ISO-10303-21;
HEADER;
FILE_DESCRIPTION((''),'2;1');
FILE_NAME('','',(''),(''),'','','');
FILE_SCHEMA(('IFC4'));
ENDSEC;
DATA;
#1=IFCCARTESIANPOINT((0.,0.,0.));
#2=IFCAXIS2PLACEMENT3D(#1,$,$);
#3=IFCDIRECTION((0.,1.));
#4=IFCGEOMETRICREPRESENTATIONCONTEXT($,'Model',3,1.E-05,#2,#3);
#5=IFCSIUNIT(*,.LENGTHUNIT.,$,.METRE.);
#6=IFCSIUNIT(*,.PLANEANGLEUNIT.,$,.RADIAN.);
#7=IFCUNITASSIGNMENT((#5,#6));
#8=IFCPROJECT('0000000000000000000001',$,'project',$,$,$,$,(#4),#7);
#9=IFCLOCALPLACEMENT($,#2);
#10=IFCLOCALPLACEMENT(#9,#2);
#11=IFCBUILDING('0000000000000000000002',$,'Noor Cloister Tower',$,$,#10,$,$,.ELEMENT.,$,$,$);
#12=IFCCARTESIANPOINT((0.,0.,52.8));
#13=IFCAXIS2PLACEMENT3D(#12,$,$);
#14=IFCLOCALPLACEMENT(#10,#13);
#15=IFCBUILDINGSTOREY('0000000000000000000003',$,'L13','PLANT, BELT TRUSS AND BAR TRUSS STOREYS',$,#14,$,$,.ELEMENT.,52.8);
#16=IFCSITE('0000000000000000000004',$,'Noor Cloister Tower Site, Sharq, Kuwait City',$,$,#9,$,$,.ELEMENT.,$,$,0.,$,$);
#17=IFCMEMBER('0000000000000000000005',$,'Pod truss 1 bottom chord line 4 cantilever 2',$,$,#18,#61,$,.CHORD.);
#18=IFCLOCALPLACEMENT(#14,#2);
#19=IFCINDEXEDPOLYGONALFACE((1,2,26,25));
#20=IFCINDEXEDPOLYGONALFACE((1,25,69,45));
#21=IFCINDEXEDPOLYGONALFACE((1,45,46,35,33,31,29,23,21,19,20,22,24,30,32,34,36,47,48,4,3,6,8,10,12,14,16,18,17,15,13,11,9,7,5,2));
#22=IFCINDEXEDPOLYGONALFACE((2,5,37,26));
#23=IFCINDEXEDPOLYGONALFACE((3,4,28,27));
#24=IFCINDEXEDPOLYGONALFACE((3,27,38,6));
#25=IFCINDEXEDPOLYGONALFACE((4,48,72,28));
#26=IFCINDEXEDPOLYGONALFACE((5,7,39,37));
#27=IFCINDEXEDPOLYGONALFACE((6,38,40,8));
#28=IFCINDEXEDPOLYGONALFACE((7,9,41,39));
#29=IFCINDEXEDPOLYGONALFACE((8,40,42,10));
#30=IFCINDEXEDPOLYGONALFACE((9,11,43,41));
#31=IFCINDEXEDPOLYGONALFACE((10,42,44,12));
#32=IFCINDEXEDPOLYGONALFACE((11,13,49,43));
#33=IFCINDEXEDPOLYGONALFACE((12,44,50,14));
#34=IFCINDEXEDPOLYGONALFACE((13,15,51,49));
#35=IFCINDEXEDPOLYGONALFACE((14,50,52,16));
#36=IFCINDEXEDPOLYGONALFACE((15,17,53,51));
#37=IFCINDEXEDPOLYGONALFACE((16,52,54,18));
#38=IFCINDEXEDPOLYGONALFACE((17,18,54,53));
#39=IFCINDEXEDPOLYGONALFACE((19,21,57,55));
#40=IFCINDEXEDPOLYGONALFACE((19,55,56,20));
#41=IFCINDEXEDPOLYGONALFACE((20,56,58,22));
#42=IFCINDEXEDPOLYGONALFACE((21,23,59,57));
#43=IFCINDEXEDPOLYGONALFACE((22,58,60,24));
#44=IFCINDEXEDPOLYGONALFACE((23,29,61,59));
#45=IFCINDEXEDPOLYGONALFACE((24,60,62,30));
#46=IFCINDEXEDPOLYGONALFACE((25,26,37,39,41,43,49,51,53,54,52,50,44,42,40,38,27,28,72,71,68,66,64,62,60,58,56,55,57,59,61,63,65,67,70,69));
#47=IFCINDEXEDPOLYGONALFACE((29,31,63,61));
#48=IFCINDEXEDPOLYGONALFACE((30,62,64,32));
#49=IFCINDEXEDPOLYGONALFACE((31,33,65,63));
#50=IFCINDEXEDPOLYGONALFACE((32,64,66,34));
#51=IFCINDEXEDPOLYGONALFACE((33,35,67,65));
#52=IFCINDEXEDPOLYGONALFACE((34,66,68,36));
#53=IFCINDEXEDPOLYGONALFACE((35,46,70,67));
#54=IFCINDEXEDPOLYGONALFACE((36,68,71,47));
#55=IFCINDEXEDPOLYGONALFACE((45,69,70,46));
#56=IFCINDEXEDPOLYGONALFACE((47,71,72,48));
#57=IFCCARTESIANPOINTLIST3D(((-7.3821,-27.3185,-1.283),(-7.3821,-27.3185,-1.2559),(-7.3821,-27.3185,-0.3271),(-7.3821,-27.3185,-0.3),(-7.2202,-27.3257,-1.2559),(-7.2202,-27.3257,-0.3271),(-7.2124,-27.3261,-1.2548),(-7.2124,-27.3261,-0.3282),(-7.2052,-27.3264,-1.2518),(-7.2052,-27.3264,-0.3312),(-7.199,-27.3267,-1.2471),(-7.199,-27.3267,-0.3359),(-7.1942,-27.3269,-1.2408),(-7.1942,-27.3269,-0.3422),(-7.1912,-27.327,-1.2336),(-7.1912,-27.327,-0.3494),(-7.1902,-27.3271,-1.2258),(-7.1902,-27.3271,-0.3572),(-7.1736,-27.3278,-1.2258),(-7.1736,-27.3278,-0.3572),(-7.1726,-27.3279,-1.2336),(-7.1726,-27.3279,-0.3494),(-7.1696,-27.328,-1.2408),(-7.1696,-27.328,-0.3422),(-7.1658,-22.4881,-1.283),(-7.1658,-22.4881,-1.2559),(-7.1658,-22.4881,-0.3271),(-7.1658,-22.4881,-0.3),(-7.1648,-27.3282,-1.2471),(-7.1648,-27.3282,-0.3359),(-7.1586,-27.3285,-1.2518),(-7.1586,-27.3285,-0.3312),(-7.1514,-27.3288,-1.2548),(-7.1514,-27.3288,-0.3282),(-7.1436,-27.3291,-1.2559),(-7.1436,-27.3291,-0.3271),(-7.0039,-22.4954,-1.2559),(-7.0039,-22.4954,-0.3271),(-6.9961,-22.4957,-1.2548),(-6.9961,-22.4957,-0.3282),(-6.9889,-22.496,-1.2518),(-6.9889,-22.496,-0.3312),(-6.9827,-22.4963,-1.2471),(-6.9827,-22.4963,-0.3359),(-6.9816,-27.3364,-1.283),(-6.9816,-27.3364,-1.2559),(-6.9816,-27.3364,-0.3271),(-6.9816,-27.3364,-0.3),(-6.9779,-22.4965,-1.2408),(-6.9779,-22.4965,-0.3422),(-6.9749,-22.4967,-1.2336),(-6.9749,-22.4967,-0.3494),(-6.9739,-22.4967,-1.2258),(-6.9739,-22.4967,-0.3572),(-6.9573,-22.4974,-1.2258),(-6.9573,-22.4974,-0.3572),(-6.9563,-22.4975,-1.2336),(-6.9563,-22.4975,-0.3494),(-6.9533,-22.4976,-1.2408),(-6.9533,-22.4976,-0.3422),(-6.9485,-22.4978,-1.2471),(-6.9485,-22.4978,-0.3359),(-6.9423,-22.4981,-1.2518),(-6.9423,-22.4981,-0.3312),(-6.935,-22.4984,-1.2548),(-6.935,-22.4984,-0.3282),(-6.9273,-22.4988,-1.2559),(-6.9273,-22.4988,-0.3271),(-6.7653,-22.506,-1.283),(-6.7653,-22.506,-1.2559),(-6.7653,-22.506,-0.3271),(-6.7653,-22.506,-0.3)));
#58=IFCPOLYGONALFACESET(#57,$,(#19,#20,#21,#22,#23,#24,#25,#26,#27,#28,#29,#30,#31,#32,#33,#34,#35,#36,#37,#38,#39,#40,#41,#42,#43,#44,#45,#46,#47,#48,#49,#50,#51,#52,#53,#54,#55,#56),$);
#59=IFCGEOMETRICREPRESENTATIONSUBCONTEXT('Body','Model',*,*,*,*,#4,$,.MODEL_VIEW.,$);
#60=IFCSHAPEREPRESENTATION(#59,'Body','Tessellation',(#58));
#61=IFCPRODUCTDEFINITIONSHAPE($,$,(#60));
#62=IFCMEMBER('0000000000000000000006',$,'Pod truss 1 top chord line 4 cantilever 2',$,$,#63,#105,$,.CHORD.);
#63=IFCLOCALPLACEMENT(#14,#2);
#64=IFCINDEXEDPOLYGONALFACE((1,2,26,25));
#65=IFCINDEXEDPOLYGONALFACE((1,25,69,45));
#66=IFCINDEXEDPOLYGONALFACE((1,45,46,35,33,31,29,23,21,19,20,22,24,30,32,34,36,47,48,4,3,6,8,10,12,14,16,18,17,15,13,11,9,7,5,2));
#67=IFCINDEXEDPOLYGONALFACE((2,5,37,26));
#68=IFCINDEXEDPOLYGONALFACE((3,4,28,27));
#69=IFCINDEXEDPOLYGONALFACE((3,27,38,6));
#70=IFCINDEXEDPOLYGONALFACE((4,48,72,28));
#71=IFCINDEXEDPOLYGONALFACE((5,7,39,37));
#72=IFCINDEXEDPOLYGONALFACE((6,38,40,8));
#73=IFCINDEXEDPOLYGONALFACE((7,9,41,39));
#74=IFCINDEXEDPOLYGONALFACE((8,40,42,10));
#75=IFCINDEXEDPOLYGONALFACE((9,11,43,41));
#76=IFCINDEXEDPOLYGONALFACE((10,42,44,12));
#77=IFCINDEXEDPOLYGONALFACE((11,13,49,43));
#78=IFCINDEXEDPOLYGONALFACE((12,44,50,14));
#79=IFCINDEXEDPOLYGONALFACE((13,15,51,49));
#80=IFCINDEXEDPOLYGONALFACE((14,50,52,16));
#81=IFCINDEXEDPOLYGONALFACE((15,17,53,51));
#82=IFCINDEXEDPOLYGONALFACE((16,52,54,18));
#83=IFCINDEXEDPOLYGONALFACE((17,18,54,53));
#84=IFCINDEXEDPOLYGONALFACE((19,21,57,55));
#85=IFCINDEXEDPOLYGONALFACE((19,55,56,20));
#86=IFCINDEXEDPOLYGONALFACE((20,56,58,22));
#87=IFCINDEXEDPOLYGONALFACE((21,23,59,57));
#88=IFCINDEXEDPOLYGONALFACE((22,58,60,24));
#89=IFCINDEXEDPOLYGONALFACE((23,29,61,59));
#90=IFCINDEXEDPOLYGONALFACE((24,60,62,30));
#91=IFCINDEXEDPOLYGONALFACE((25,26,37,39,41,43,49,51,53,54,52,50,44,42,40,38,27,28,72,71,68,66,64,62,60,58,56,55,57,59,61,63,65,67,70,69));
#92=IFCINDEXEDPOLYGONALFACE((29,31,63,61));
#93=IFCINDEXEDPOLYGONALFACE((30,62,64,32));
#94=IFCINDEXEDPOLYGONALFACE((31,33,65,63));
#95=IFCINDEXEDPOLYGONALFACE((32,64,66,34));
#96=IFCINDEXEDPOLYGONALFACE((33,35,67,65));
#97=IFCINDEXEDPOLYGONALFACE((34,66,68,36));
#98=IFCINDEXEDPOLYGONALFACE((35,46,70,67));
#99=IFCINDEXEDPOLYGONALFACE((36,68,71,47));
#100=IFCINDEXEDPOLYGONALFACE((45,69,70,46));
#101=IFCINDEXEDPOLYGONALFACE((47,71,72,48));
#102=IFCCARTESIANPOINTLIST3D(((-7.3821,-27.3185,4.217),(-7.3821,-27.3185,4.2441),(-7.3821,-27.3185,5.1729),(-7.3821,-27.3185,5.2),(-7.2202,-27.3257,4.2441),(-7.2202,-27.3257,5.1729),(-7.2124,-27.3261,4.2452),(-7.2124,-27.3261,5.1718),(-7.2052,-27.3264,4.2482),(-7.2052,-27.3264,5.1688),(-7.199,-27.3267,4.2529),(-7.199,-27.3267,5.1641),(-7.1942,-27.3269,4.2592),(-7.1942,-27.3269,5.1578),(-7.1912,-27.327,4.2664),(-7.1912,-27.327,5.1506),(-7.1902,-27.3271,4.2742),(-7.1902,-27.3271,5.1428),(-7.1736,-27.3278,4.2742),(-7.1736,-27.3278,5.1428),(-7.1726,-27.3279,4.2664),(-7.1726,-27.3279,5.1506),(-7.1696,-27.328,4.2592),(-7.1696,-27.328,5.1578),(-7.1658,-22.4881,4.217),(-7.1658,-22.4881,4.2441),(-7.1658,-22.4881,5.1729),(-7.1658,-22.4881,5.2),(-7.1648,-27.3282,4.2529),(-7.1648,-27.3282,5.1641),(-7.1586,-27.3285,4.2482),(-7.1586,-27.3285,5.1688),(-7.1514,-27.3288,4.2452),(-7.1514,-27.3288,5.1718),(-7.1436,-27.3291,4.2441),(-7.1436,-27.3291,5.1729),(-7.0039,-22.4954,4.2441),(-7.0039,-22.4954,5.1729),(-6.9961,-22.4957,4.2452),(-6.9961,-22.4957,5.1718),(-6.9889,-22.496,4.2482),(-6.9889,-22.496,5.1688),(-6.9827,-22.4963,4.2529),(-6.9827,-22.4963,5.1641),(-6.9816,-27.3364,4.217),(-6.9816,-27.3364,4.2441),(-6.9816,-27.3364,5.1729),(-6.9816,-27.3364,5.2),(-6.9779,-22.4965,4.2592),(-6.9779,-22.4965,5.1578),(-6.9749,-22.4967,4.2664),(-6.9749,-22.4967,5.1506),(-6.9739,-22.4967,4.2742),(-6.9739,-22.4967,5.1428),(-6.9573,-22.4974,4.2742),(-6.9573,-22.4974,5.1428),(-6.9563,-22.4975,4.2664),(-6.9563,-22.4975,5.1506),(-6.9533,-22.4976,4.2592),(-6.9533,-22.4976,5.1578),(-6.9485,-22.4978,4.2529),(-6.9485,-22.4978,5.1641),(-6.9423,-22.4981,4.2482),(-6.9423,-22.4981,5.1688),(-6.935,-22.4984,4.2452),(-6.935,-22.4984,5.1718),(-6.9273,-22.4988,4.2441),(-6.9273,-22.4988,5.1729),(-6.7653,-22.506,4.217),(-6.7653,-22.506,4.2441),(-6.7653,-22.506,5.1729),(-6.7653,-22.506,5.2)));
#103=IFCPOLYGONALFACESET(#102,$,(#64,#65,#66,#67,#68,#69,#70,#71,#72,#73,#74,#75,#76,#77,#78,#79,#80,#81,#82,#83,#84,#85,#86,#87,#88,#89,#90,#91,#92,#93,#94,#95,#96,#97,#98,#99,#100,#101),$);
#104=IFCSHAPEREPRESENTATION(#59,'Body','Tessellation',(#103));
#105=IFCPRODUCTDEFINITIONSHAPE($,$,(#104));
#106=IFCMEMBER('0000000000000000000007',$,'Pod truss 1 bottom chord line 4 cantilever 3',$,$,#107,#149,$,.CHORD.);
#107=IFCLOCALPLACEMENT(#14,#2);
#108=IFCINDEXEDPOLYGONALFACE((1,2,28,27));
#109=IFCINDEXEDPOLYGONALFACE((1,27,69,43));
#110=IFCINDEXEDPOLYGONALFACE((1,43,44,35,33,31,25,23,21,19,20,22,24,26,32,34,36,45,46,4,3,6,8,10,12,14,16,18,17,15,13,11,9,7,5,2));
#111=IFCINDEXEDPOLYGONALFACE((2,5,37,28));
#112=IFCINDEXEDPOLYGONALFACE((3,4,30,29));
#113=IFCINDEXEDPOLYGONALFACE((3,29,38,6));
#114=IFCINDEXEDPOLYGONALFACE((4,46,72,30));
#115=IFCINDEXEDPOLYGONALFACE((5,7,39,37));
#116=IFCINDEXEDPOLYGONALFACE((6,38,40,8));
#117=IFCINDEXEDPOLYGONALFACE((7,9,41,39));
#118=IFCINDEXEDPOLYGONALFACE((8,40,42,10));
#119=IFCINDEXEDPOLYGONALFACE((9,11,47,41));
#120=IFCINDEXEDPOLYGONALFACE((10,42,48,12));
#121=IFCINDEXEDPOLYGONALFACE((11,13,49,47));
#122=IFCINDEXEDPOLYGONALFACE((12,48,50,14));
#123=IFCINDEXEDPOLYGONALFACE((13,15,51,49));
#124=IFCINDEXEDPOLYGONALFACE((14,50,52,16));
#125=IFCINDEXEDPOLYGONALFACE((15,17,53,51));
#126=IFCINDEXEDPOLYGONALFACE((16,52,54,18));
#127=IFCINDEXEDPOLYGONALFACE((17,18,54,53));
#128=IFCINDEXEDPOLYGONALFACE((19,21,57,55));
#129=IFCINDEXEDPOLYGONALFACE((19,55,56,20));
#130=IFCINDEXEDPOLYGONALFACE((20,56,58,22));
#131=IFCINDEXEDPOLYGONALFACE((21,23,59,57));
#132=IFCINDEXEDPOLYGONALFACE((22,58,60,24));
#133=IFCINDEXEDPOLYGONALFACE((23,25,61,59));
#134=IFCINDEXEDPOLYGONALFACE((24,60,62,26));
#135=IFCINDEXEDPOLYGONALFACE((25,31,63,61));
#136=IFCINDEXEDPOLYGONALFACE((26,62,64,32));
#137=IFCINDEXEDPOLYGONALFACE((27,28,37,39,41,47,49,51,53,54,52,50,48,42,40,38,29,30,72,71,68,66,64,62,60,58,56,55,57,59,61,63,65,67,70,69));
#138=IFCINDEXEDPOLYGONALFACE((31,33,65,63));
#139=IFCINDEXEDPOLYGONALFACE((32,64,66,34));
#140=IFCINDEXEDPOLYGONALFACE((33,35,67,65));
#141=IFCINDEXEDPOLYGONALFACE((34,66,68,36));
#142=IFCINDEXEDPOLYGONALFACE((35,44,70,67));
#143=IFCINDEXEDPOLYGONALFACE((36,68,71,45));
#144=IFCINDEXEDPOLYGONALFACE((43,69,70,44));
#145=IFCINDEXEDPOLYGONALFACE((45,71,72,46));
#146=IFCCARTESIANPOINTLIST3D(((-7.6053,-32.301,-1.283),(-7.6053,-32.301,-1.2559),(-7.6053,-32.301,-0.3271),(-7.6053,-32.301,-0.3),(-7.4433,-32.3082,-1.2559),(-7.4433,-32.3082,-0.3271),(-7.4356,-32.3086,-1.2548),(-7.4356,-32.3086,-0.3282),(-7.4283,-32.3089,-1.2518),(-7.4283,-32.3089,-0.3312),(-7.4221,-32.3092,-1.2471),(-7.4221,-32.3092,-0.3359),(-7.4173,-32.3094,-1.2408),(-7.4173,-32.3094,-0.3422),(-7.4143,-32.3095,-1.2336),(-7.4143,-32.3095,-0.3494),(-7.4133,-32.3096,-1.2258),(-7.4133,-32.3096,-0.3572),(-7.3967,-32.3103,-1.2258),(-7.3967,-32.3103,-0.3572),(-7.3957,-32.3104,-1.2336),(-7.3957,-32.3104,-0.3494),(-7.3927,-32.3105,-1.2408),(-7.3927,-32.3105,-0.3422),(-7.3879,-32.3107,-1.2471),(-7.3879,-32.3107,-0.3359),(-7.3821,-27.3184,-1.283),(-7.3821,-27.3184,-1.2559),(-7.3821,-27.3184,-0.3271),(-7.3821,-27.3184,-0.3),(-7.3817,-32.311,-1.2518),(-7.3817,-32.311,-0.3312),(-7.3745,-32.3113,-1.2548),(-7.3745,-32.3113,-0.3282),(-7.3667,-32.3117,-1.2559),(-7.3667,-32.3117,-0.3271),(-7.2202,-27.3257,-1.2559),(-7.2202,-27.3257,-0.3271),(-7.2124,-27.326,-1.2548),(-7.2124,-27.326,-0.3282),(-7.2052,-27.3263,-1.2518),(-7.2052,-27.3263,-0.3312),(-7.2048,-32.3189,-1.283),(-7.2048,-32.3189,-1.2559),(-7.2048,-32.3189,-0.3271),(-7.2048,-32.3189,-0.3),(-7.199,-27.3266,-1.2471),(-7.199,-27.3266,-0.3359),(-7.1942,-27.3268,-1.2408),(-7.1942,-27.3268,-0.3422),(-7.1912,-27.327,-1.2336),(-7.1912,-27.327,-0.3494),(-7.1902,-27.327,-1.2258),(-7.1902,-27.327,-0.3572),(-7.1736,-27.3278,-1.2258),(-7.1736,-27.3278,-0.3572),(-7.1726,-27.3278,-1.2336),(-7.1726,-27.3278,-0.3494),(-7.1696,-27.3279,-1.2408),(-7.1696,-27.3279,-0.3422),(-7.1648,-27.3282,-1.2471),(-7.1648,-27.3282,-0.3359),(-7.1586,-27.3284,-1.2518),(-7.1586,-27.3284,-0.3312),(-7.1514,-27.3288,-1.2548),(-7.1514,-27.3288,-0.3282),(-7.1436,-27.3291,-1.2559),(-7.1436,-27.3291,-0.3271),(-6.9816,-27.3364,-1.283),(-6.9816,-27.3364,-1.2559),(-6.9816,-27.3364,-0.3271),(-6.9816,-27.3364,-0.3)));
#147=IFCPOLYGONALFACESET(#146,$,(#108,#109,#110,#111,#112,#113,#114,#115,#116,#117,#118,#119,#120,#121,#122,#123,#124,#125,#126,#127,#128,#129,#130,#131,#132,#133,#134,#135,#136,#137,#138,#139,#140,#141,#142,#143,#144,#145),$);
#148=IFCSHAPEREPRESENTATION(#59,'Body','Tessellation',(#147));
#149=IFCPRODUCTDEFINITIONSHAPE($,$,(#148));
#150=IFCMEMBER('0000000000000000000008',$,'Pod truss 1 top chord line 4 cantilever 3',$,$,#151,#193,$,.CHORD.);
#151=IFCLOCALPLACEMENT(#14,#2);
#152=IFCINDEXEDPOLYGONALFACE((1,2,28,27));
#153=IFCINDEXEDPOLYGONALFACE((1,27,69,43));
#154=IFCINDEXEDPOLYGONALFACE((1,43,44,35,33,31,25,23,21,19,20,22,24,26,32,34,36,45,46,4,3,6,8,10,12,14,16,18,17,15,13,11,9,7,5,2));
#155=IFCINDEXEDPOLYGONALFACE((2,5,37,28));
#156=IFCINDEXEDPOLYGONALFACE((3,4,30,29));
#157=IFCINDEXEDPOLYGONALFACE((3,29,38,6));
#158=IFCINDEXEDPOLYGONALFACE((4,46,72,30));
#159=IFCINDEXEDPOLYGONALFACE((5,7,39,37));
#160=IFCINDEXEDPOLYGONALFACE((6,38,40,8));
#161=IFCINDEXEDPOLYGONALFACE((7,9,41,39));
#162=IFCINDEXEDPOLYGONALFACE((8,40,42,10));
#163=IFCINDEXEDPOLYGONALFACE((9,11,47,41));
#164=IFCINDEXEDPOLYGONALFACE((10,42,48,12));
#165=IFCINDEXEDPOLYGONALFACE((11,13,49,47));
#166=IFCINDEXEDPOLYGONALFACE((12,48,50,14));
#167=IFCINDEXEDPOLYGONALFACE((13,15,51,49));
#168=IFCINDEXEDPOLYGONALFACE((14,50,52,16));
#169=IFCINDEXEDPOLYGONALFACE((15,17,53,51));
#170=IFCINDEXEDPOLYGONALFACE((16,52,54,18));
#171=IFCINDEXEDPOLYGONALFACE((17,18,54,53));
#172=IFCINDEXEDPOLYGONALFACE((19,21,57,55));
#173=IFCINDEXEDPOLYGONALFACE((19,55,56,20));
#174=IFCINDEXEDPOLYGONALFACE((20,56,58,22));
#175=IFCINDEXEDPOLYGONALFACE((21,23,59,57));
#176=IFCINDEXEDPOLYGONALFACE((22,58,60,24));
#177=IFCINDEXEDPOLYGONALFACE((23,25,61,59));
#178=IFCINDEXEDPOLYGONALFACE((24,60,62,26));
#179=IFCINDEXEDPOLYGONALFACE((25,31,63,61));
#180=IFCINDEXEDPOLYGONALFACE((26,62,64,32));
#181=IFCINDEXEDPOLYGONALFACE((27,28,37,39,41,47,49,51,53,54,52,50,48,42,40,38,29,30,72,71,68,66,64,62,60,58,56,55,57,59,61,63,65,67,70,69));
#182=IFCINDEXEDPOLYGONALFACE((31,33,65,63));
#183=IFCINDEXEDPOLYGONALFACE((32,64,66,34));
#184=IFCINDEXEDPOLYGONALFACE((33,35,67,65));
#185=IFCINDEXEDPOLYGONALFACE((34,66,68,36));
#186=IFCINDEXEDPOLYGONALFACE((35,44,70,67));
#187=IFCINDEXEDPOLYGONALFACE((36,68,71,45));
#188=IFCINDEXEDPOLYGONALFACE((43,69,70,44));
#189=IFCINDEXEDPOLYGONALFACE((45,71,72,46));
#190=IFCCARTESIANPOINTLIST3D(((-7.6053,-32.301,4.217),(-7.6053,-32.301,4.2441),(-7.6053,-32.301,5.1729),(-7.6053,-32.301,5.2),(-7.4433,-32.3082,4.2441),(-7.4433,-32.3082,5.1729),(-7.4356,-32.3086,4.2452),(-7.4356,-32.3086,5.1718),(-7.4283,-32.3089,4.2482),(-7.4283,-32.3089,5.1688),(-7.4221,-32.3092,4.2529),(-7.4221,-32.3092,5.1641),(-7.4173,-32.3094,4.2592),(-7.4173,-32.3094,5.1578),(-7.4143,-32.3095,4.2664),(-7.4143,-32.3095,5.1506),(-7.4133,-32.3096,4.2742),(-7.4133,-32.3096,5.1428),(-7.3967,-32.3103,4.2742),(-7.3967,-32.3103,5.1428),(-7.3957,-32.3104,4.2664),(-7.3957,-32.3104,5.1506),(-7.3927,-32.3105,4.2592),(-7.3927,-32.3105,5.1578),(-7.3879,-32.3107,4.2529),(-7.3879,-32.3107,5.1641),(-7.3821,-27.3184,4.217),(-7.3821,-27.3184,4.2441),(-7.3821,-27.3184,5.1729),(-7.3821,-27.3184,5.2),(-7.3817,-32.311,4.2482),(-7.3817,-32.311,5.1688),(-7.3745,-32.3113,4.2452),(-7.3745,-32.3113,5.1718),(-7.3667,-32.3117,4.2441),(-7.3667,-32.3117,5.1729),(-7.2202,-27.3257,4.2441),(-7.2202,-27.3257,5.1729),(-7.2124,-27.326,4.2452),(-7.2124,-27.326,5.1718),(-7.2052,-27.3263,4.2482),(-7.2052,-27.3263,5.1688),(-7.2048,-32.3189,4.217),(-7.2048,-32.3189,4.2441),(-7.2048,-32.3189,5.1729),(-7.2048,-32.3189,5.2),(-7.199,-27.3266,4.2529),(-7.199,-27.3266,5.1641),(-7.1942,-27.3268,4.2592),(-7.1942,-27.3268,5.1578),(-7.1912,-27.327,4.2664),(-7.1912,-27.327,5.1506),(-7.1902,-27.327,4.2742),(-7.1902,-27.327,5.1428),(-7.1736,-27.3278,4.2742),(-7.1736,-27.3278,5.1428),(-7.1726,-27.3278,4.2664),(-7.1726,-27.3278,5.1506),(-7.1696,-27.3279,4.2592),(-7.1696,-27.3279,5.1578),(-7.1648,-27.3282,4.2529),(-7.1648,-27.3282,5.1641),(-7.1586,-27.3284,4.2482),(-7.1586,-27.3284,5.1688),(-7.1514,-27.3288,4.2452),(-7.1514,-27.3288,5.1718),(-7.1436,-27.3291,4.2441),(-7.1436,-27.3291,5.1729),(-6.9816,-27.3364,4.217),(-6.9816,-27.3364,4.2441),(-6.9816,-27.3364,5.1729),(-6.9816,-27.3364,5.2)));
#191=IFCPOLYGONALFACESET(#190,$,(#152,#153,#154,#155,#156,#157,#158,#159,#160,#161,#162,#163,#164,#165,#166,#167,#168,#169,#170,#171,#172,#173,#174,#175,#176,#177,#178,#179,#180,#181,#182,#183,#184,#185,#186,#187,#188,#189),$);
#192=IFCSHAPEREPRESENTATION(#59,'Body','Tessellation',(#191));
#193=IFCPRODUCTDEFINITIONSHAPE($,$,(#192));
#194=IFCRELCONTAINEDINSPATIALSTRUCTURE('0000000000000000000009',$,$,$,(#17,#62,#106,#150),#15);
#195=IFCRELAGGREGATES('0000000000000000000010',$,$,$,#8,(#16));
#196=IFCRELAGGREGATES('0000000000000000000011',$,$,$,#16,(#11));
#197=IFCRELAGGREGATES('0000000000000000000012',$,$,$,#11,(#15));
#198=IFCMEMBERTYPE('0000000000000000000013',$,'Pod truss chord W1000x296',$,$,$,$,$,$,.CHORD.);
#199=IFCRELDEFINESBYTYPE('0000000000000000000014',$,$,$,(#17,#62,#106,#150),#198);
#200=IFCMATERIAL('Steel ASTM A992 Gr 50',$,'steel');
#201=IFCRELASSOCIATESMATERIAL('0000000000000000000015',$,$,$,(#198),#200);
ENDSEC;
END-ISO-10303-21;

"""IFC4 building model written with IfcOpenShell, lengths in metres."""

from ifc_helpers import new_model, si_unit, direction, frame, origin, origin_2d, place, context, subcontext, project, spatial, i_section, extrude, material, material_profile, profile_set, type_object, element, save


model = new_model("IFC4")

# Units and contexts
model_context = context("Model", 3, precision=1e-05, world=origin(), true_north=direction((0.0, 1.0)))
body_context = subcontext(model_context, "Body", "Model", "MODEL_VIEW")
ifc_project = project(units=[si_unit("LENGTHUNIT", "METRE"), si_unit("PLANEANGLEUNIT", "RADIAN")], contexts=[model_context])

# Site, building, storey
site_placement = place(None, origin())
site = spatial("IfcSite", under=ifc_project, at=site_placement, Name="Noor Cloister Tower Site, Sharq, Kuwait City", CompositionType="ELEMENT", RefElevation=0.0)
building_placement = place(site_placement, origin())
building = spatial("IfcBuilding", under=site, at=building_placement, Name="Noor Cloister Tower", CompositionType="ELEMENT")
storey_placement = place(building_placement, frame((0.0, 0.0, 52.8)))
storey = spatial("IfcBuildingStorey", under=building, at=storey_placement, Name="L13", Description="PLANT, BELT TRUSS AND BAR TRUSS STOREYS", CompositionType="ELEMENT", Elevation=52.8)

# Members
ifc_material_1 = material(Name="Steel ASTM A992 Gr 50", Category="steel")
ifc_material_profile_1 = material_profile(ifc_material_1, i_section(OverallWidth=0.4009, OverallDepth=0.9829, WebThickness=0.0166, FlangeThickness=0.0271, FilletRadius=0.03, at=origin_2d()), Name="W1000x296")
ifc_profile_set_1 = profile_set([ifc_material_profile_1], Name="Steel ASTM A992 Gr 50")
member_type_1 = type_object("IfcMemberType", Name="Pod truss chord W1000x296", PredefinedType="CHORD", material=ifc_profile_set_1)
for number, where, z_axis, x_axis, name in (
    (1, (-6.9656, -22.4971, -0.7915), (-0.044737, -0.998999, 0.0), (0.998999, -0.044737, 0.0), "Pod truss 1 bottom chord line 4 cantilever 2"),
    (2, (-6.9656, -22.4971, 4.7085), (-0.044737, -0.998999, 0.0), (0.998999, -0.044737, 0.0), "Pod truss 1 top chord line 4 cantilever 2"),
):
    element("IfcMember", number, at=place(storey_placement, frame(where, z_axis=z_axis, x_axis=x_axis)), inside=storey, type_object=member_type_1, Name=name, PredefinedType="CHORD", context=body_context, shape_type="SweptSolid", body=[
        extrude(i_section(OverallWidth=0.4009, OverallDepth=0.9829, WebThickness=0.0166, FlangeThickness=0.0271, FilletRadius=0.03, at=origin_2d()), origin(), (0.0, 0.0, 1.0), 4.8352),
    ])
for number, where, z_axis, x_axis, name in (
    (3, (-7.1819, -27.3274, -0.7915), (-0.044739, -0.998999, 0.0), (0.998999, -0.044739, 0.0), "Pod truss 1 bottom chord line 4 cantilever 3"),
    (4, (-7.1819, -27.3274, 4.7085), (-0.044739, -0.998999, 0.0), (0.998999, -0.044739, 0.0), "Pod truss 1 top chord line 4 cantilever 3"),
):
    element("IfcMember", number, at=place(storey_placement, frame(where, z_axis=z_axis, x_axis=x_axis)), inside=storey, type_object=member_type_1, Name=name, PredefinedType="CHORD", context=body_context, shape_type="SweptSolid", body=[
        extrude(i_section(OverallWidth=0.4009, OverallDepth=0.9829, WebThickness=0.0166, FlangeThickness=0.0271, FilletRadius=0.03, at=origin_2d()), origin(), (0.0, 0.0, 1.0), 4.9875),
    ])

save(model, "model.ifc")
